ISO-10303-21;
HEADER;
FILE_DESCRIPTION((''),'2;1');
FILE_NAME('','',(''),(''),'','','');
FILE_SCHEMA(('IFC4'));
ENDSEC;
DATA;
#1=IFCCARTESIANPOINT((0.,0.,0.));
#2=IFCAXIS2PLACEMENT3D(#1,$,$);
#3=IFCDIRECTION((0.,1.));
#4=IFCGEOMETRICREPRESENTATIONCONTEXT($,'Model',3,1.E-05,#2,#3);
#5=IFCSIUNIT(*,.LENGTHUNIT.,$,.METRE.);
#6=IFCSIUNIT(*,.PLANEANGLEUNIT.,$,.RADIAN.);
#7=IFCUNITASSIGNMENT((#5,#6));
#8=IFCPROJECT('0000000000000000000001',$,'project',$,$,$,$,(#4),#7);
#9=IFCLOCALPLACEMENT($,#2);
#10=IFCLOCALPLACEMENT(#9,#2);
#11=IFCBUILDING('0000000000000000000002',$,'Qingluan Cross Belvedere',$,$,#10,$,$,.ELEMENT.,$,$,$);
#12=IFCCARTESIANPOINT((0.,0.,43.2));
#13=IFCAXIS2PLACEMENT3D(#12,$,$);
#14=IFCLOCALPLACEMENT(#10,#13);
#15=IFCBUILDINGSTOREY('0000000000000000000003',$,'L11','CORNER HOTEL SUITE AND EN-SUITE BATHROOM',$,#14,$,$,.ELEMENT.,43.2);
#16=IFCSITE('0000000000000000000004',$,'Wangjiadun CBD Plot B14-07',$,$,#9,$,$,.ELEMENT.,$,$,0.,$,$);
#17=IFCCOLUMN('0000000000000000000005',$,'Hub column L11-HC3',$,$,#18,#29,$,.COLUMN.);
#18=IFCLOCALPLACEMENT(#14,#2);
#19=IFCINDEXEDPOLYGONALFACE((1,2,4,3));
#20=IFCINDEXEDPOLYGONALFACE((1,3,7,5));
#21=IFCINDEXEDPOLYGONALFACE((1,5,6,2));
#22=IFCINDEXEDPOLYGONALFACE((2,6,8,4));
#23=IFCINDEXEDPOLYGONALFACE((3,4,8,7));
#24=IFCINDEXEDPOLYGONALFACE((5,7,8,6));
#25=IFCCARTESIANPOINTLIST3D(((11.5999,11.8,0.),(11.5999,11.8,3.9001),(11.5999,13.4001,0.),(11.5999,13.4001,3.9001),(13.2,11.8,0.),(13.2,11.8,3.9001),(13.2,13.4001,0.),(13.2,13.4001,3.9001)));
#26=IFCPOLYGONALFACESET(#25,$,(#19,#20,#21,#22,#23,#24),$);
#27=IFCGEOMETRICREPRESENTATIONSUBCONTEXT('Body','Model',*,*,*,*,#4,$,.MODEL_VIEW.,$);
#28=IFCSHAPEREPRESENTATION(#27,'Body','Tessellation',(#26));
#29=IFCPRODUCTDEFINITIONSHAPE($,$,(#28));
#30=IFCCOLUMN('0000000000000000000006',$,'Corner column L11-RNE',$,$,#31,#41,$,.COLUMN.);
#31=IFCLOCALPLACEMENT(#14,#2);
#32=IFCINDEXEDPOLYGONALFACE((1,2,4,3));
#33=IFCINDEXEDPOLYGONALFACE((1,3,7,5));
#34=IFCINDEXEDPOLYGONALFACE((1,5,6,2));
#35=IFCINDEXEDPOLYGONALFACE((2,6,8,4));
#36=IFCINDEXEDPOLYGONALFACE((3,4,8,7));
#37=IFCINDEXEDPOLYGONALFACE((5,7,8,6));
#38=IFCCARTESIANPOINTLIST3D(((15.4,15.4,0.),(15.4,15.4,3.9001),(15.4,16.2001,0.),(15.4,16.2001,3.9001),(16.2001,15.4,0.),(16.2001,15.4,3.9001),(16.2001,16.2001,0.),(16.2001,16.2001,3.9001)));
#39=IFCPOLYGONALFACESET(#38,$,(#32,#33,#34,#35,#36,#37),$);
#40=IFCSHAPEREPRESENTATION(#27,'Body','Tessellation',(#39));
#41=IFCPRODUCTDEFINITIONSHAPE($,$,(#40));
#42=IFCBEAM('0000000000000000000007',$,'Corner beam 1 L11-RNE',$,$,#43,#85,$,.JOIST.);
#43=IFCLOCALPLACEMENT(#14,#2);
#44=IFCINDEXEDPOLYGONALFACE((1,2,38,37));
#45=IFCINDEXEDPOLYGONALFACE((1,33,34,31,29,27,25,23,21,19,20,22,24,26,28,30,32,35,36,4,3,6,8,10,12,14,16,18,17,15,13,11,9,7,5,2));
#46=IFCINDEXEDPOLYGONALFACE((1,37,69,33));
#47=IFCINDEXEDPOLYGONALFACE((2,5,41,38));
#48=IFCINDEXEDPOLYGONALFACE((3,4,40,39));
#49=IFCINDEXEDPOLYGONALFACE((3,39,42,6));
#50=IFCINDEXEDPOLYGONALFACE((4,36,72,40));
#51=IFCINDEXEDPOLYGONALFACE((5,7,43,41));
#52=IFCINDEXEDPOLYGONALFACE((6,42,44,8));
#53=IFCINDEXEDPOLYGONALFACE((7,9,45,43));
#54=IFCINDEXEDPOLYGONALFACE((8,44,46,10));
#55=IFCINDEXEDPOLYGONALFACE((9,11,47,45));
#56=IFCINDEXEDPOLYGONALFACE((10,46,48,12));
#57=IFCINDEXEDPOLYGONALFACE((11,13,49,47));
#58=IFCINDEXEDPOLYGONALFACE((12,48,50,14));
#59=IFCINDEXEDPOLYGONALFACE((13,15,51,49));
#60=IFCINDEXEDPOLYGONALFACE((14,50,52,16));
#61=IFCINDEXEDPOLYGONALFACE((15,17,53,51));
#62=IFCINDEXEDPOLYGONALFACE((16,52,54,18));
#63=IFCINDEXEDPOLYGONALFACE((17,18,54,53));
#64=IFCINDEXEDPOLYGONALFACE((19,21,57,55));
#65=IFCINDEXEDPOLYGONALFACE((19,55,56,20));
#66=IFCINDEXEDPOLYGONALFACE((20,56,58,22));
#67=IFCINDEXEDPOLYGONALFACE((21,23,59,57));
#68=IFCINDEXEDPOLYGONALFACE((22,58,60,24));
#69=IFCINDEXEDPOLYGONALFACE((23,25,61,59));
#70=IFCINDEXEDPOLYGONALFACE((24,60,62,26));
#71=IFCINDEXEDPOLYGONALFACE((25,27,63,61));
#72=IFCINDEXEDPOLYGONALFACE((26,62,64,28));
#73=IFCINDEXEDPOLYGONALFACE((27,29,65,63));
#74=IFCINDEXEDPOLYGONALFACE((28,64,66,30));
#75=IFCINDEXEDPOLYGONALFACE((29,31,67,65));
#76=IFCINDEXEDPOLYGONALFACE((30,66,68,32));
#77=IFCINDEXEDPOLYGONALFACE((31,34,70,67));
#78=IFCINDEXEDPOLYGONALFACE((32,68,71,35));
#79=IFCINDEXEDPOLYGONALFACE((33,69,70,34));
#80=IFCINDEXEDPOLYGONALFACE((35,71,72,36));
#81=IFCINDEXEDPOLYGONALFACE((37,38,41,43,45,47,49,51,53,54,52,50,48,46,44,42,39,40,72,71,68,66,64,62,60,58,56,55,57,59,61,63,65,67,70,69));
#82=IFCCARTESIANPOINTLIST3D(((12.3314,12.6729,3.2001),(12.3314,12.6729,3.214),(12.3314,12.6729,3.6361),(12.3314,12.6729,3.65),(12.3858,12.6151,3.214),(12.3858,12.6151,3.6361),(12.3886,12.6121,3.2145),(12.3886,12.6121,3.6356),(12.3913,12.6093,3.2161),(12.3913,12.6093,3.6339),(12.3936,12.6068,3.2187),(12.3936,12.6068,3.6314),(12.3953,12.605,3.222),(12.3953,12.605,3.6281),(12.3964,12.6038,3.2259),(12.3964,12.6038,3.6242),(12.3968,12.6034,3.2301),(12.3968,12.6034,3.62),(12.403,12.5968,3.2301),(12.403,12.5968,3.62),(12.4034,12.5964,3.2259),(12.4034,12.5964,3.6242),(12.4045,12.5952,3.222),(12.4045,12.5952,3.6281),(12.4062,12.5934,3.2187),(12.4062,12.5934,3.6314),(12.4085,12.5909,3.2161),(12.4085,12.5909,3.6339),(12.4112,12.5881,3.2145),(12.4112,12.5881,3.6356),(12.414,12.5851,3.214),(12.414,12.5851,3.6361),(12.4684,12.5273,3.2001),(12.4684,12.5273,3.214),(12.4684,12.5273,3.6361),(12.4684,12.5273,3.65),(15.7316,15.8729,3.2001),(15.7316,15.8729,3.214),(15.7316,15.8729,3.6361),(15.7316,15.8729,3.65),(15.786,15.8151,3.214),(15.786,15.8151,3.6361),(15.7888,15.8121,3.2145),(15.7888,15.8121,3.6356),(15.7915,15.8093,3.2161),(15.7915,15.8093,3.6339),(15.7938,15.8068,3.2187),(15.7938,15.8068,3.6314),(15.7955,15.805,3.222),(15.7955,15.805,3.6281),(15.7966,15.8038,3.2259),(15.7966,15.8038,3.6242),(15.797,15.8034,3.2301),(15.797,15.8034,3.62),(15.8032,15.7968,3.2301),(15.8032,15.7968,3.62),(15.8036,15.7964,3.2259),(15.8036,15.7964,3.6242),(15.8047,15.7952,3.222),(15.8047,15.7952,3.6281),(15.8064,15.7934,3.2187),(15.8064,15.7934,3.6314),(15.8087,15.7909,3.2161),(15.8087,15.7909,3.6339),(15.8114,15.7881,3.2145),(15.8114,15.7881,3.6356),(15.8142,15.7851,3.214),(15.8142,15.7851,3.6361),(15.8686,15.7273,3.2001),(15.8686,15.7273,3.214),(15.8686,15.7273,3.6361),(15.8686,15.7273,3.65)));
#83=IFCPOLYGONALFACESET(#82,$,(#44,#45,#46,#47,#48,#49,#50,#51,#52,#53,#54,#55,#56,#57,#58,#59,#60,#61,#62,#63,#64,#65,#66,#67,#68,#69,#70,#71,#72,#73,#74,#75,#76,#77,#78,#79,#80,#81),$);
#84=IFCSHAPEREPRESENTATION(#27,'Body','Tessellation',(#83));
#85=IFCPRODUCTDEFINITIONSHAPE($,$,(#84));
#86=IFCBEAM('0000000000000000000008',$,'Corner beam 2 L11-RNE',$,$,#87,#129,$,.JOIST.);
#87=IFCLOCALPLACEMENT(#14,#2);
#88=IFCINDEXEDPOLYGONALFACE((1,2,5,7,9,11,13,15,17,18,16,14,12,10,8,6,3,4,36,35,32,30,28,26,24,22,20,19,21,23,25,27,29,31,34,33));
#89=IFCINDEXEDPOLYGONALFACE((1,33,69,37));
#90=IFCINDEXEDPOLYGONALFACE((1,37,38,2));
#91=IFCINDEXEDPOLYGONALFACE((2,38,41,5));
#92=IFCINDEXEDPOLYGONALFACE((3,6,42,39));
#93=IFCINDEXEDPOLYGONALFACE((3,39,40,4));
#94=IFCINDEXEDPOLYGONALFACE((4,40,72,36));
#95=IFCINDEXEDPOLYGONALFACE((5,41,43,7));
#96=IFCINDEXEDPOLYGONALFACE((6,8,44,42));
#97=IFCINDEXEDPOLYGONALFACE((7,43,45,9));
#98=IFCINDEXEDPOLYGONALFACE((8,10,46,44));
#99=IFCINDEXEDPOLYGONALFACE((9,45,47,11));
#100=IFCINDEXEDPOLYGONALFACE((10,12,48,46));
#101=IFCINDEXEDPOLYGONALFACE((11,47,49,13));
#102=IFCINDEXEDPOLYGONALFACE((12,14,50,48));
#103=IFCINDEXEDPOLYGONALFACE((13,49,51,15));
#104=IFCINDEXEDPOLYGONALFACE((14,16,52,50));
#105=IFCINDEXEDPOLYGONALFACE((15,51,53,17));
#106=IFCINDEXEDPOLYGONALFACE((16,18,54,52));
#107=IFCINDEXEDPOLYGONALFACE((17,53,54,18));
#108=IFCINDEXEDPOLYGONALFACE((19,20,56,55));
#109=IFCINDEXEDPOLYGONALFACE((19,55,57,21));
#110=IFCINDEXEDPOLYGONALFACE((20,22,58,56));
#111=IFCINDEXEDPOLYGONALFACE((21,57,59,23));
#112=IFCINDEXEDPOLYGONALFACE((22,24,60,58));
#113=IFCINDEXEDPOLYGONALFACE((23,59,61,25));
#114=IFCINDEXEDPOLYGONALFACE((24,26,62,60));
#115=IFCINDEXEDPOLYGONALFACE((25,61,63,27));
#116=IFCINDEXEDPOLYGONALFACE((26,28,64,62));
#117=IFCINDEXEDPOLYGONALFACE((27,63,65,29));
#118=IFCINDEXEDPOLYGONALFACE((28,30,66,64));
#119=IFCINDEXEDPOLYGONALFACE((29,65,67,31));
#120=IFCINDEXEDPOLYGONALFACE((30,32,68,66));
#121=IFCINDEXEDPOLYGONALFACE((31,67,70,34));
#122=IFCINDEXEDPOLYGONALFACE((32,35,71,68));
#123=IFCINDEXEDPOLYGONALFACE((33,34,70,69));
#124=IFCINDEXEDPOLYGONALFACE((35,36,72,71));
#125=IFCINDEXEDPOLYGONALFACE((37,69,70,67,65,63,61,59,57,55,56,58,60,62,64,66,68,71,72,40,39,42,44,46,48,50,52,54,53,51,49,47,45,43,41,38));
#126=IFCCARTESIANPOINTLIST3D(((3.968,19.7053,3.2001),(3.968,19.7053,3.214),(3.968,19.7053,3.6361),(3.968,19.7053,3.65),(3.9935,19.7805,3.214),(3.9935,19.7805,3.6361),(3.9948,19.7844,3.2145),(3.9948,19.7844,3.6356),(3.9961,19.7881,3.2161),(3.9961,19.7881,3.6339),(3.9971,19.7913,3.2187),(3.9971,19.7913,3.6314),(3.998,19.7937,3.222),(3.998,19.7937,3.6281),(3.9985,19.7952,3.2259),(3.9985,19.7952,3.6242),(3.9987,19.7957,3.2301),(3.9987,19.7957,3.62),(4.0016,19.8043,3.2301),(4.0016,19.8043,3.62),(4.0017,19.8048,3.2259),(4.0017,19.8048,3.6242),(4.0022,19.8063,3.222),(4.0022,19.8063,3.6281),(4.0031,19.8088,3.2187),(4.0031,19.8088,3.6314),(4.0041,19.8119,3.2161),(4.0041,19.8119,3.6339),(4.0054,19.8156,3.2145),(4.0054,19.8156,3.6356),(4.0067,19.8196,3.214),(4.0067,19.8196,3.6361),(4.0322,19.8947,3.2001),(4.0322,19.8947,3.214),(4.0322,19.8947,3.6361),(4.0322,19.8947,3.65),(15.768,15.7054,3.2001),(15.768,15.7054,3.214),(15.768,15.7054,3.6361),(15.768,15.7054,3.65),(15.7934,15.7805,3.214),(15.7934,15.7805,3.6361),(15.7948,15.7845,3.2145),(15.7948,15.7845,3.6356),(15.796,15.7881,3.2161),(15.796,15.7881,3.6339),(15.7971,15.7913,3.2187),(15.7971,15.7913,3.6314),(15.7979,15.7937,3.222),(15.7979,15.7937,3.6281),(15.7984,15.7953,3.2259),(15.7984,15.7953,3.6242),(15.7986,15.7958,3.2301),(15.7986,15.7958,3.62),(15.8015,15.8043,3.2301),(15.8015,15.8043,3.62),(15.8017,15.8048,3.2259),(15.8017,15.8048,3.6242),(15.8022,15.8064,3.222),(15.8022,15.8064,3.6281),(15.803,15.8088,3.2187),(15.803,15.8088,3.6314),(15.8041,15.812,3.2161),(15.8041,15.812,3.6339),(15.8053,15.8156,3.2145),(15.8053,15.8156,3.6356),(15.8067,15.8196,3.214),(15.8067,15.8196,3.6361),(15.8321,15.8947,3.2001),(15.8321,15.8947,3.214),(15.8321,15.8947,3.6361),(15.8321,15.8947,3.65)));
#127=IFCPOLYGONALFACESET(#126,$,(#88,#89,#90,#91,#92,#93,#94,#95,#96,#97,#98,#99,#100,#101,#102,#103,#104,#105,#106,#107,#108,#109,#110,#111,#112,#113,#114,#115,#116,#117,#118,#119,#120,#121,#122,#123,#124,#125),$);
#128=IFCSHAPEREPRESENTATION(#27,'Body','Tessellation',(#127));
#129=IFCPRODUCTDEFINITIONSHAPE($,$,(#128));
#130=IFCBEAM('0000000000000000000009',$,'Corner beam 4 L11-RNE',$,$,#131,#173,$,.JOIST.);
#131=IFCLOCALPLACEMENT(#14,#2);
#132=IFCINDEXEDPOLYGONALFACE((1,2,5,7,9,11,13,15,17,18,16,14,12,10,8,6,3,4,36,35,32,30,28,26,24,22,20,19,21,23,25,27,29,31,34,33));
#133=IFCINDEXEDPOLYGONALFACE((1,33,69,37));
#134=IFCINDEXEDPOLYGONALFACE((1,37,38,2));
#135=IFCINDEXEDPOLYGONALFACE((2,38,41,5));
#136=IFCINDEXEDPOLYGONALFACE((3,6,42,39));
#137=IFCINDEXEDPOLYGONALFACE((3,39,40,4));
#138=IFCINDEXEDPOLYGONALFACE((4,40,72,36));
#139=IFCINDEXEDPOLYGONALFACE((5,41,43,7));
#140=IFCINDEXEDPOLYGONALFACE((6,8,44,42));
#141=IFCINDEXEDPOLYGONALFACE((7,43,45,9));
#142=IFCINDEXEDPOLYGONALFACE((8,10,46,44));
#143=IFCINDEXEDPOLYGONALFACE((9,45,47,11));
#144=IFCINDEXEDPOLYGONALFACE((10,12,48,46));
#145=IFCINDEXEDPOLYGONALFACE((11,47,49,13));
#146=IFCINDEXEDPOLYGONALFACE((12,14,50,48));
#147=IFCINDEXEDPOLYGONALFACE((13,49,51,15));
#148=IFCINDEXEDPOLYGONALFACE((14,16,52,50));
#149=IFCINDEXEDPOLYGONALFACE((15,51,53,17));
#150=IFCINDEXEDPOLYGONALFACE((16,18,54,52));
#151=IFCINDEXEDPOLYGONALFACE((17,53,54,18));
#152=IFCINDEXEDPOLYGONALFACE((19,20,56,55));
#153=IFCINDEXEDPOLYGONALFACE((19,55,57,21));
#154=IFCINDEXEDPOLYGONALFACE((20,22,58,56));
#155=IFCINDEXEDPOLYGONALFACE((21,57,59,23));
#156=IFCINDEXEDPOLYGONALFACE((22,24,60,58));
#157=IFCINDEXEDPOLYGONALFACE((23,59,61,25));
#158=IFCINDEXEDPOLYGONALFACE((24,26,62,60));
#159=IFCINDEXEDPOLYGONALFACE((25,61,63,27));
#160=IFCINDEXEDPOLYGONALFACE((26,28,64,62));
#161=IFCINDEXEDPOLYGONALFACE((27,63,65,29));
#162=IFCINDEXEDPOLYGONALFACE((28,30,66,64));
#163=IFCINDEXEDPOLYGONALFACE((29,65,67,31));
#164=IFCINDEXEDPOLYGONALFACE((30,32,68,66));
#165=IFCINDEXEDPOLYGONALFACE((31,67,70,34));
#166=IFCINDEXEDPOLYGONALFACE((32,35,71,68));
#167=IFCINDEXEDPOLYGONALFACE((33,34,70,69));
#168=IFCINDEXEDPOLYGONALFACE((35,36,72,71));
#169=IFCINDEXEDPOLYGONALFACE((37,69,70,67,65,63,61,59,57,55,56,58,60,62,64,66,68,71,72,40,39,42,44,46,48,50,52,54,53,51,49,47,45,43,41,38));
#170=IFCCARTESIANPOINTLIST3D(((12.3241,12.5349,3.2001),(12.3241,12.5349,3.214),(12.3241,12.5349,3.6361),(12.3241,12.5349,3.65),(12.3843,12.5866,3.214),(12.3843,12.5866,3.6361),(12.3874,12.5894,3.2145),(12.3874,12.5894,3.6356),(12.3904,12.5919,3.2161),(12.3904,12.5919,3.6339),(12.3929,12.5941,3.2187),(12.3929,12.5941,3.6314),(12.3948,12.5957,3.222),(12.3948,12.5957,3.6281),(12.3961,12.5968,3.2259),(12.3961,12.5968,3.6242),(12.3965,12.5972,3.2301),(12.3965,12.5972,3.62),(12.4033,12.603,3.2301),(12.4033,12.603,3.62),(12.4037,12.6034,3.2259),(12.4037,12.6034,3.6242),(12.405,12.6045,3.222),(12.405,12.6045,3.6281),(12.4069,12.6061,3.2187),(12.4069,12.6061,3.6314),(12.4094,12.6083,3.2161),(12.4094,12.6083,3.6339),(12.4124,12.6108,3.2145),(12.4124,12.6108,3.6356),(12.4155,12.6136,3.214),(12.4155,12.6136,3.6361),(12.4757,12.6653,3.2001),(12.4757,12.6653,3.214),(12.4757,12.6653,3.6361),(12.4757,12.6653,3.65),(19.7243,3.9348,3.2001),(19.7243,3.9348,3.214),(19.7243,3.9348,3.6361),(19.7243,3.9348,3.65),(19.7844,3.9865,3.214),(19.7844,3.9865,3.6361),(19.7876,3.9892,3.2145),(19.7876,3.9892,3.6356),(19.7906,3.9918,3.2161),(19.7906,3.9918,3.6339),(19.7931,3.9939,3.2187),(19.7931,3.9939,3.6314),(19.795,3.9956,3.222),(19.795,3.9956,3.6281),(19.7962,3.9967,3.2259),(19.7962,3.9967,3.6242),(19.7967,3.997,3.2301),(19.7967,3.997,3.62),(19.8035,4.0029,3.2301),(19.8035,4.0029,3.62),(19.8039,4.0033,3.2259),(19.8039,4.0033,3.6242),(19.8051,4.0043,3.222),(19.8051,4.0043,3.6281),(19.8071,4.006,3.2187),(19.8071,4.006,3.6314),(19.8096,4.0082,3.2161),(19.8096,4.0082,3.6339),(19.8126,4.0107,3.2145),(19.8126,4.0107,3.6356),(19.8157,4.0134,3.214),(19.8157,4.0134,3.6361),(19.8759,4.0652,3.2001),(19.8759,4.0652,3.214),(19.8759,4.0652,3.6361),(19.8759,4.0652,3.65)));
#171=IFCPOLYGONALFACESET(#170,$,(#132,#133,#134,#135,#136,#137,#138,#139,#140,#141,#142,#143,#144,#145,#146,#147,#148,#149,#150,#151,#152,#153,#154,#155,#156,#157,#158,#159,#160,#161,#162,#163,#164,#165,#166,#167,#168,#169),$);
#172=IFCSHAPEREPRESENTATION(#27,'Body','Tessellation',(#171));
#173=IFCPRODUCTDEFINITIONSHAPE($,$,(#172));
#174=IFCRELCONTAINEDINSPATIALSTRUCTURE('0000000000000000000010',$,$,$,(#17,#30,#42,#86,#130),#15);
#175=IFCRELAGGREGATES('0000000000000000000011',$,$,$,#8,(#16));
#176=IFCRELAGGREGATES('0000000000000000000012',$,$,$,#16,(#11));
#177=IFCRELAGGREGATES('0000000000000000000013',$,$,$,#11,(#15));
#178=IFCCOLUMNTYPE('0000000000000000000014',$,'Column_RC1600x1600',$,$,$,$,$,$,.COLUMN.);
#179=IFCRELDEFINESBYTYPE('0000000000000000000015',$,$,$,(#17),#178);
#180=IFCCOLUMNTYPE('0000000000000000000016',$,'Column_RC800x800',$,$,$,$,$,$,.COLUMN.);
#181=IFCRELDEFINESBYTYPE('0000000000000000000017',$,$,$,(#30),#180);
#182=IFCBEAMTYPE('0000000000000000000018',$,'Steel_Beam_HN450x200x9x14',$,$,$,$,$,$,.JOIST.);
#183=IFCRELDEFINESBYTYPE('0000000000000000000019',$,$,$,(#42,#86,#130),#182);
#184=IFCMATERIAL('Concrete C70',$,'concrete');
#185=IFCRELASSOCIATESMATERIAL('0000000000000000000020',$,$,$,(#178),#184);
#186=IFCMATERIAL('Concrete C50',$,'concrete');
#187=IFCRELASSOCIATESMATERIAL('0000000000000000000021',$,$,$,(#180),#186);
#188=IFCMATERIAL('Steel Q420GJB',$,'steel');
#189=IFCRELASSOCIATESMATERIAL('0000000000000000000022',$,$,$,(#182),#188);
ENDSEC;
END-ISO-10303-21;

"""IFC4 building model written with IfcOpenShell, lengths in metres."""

from ifc_helpers import new_model, si_unit, direction, frame, origin, origin_2d, place, context, subcontext, project, spatial, rectangle, i_section, extrude, material, material_profile, profile_set, type_object, element, save


model = new_model("IFC4")

# Units and contexts
model_context = context("Model", 3, precision=1e-05, world=origin(), true_north=direction((0.0, 1.0)))
body_context = subcontext(model_context, "Body", "Model", "MODEL_VIEW")
ifc_project = project(units=[si_unit("LENGTHUNIT", "METRE"), si_unit("PLANEANGLEUNIT", "RADIAN")], contexts=[model_context])

# Site, building, storey
site_placement = place(None, origin())
site = spatial("IfcSite", under=ifc_project, at=site_placement, Name="Wangjiadun CBD Plot B14-07", CompositionType="ELEMENT", RefElevation=0.0)
building_placement = place(site_placement, origin())
building = spatial("IfcBuilding", under=site, at=building_placement, Name="Qingluan Cross Belvedere", CompositionType="ELEMENT")
storey_placement = place(building_placement, frame((0.0, 0.0, 43.2)))
storey = spatial("IfcBuildingStorey", under=building, at=storey_placement, Name="L11", Description="CORNER HOTEL SUITE AND EN-SUITE BATHROOM", CompositionType="ELEMENT", Elevation=43.2)

# Columns
ifc_material_1 = material(Name="Concrete C70", Category="concrete")
ifc_material_profile_1 = material_profile(ifc_material_1, rectangle(XDim=1.6001, YDim=1.6001, at=origin_2d()), Name="RC1600x1600")
ifc_profile_set_1 = profile_set([ifc_material_profile_1], Name="Concrete C70")
column_type_1 = type_object("IfcColumnType", Name="Column_RC1600x1600", PredefinedType="COLUMN", material=ifc_profile_set_1)
column_1_placement = place(storey_placement, frame((12.3999, 12.6001, 0.0), z_axis=(0.0, 0.0, 1.0), x_axis=(1.0, 0.0, 0.0)))
element("IfcColumn", 1, at=column_1_placement, inside=storey, type_object=column_type_1, Name="Hub column L11-HC3", PredefinedType="COLUMN", context=body_context, shape_type="SweptSolid", body=[
    extrude(rectangle(XDim=1.6001, YDim=1.6001, at=origin_2d()), origin(), (0.0, 0.0, 1.0), 3.9001),
])
ifc_material_2 = material(Name="Concrete C50", Category="concrete")
ifc_material_profile_2 = material_profile(ifc_material_2, rectangle(XDim=0.8, YDim=0.8, at=origin_2d()), Name="RC800x800")
ifc_profile_set_2 = profile_set([ifc_material_profile_2], Name="Concrete C50")
column_type_2 = type_object("IfcColumnType", Name="Column_RC800x800", PredefinedType="COLUMN", material=ifc_profile_set_2)
column_2_placement = place(storey_placement, frame((15.8, 15.8, 0.0), z_axis=(0.0, 0.0, 1.0), x_axis=(1.0, 0.0, 0.0)))
element("IfcColumn", 2, at=column_2_placement, inside=storey, type_object=column_type_2, Name="Corner column L11-RNE", PredefinedType="COLUMN", context=body_context, shape_type="SweptSolid", body=[
    extrude(rectangle(XDim=0.8, YDim=0.8, at=origin_2d()), origin(), (0.0, 0.0, 1.0), 3.9001),
])

# Beams
ifc_material_3 = material(Name="Steel Q420GJB", Category="steel")
ifc_material_profile_3 = material_profile(ifc_material_3, i_section(OverallWidth=0.2, OverallDepth=0.45, WebThickness=0.009, FlangeThickness=0.0139, FilletRadius=0.0161, at=origin_2d()), Name="HN450x200x9x14")
ifc_profile_set_3 = profile_set([ifc_material_profile_3], Name="Steel Q420GJB")
beam_type_1 = type_object("IfcBeamType", Name="Steel_Beam_HN450x200x9x14", PredefinedType="JOIST", material=ifc_profile_set_3)
beam_1_placement = place(storey_placement, frame((12.3999, 12.6001, 3.425), z_axis=(0.72822, 0.685343, 0.0), x_axis=(-0.685343, 0.72822, 0.0)))
element("IfcBeam", 3, at=beam_1_placement, inside=storey, type_object=beam_type_1, Name="Corner beam 1 L11-RNE", PredefinedType="JOIST", context=body_context, shape_type="SweptSolid", body=[
    extrude(i_section(OverallWidth=0.2, OverallDepth=0.45, WebThickness=0.009, FlangeThickness=0.0139, FilletRadius=0.0161, at=origin_2d()), origin(), (0.0, 0.0, 1.0), 4.6692),
])
beam_2_placement = place(storey_placement, frame((15.8, 15.8, 3.425), z_axis=(-0.947066, 0.321038, 0.0), x_axis=(-0.321038, -0.947066, 0.0)))
element("IfcBeam", 4, at=beam_2_placement, inside=storey, type_object=beam_type_1, Name="Corner beam 2 L11-RNE", PredefinedType="JOIST", context=body_context, shape_type="SweptSolid", body=[
    extrude(i_section(OverallWidth=0.2, OverallDepth=0.45, WebThickness=0.009, FlangeThickness=0.0139, FilletRadius=0.0161, at=origin_2d()), origin(), (0.0, 0.0, 1.0), 12.4595),
])
beam_3_placement = place(storey_placement, frame((12.3999, 12.6001, 3.425), z_axis=(0.652245, -0.758008, 0.0), x_axis=(0.758008, 0.652245, 0.0)))
element("IfcBeam", 5, at=beam_3_placement, inside=storey, type_object=beam_type_1, Name="Corner beam 4 L11-RNE", PredefinedType="JOIST", context=body_context, shape_type="SweptSolid", body=[
    extrude(i_section(OverallWidth=0.2, OverallDepth=0.45, WebThickness=0.009, FlangeThickness=0.0139, FilletRadius=0.0161, at=origin_2d()), origin(), (0.0, 0.0, 1.0), 11.3457),
])

save(model, "model.ifc")
